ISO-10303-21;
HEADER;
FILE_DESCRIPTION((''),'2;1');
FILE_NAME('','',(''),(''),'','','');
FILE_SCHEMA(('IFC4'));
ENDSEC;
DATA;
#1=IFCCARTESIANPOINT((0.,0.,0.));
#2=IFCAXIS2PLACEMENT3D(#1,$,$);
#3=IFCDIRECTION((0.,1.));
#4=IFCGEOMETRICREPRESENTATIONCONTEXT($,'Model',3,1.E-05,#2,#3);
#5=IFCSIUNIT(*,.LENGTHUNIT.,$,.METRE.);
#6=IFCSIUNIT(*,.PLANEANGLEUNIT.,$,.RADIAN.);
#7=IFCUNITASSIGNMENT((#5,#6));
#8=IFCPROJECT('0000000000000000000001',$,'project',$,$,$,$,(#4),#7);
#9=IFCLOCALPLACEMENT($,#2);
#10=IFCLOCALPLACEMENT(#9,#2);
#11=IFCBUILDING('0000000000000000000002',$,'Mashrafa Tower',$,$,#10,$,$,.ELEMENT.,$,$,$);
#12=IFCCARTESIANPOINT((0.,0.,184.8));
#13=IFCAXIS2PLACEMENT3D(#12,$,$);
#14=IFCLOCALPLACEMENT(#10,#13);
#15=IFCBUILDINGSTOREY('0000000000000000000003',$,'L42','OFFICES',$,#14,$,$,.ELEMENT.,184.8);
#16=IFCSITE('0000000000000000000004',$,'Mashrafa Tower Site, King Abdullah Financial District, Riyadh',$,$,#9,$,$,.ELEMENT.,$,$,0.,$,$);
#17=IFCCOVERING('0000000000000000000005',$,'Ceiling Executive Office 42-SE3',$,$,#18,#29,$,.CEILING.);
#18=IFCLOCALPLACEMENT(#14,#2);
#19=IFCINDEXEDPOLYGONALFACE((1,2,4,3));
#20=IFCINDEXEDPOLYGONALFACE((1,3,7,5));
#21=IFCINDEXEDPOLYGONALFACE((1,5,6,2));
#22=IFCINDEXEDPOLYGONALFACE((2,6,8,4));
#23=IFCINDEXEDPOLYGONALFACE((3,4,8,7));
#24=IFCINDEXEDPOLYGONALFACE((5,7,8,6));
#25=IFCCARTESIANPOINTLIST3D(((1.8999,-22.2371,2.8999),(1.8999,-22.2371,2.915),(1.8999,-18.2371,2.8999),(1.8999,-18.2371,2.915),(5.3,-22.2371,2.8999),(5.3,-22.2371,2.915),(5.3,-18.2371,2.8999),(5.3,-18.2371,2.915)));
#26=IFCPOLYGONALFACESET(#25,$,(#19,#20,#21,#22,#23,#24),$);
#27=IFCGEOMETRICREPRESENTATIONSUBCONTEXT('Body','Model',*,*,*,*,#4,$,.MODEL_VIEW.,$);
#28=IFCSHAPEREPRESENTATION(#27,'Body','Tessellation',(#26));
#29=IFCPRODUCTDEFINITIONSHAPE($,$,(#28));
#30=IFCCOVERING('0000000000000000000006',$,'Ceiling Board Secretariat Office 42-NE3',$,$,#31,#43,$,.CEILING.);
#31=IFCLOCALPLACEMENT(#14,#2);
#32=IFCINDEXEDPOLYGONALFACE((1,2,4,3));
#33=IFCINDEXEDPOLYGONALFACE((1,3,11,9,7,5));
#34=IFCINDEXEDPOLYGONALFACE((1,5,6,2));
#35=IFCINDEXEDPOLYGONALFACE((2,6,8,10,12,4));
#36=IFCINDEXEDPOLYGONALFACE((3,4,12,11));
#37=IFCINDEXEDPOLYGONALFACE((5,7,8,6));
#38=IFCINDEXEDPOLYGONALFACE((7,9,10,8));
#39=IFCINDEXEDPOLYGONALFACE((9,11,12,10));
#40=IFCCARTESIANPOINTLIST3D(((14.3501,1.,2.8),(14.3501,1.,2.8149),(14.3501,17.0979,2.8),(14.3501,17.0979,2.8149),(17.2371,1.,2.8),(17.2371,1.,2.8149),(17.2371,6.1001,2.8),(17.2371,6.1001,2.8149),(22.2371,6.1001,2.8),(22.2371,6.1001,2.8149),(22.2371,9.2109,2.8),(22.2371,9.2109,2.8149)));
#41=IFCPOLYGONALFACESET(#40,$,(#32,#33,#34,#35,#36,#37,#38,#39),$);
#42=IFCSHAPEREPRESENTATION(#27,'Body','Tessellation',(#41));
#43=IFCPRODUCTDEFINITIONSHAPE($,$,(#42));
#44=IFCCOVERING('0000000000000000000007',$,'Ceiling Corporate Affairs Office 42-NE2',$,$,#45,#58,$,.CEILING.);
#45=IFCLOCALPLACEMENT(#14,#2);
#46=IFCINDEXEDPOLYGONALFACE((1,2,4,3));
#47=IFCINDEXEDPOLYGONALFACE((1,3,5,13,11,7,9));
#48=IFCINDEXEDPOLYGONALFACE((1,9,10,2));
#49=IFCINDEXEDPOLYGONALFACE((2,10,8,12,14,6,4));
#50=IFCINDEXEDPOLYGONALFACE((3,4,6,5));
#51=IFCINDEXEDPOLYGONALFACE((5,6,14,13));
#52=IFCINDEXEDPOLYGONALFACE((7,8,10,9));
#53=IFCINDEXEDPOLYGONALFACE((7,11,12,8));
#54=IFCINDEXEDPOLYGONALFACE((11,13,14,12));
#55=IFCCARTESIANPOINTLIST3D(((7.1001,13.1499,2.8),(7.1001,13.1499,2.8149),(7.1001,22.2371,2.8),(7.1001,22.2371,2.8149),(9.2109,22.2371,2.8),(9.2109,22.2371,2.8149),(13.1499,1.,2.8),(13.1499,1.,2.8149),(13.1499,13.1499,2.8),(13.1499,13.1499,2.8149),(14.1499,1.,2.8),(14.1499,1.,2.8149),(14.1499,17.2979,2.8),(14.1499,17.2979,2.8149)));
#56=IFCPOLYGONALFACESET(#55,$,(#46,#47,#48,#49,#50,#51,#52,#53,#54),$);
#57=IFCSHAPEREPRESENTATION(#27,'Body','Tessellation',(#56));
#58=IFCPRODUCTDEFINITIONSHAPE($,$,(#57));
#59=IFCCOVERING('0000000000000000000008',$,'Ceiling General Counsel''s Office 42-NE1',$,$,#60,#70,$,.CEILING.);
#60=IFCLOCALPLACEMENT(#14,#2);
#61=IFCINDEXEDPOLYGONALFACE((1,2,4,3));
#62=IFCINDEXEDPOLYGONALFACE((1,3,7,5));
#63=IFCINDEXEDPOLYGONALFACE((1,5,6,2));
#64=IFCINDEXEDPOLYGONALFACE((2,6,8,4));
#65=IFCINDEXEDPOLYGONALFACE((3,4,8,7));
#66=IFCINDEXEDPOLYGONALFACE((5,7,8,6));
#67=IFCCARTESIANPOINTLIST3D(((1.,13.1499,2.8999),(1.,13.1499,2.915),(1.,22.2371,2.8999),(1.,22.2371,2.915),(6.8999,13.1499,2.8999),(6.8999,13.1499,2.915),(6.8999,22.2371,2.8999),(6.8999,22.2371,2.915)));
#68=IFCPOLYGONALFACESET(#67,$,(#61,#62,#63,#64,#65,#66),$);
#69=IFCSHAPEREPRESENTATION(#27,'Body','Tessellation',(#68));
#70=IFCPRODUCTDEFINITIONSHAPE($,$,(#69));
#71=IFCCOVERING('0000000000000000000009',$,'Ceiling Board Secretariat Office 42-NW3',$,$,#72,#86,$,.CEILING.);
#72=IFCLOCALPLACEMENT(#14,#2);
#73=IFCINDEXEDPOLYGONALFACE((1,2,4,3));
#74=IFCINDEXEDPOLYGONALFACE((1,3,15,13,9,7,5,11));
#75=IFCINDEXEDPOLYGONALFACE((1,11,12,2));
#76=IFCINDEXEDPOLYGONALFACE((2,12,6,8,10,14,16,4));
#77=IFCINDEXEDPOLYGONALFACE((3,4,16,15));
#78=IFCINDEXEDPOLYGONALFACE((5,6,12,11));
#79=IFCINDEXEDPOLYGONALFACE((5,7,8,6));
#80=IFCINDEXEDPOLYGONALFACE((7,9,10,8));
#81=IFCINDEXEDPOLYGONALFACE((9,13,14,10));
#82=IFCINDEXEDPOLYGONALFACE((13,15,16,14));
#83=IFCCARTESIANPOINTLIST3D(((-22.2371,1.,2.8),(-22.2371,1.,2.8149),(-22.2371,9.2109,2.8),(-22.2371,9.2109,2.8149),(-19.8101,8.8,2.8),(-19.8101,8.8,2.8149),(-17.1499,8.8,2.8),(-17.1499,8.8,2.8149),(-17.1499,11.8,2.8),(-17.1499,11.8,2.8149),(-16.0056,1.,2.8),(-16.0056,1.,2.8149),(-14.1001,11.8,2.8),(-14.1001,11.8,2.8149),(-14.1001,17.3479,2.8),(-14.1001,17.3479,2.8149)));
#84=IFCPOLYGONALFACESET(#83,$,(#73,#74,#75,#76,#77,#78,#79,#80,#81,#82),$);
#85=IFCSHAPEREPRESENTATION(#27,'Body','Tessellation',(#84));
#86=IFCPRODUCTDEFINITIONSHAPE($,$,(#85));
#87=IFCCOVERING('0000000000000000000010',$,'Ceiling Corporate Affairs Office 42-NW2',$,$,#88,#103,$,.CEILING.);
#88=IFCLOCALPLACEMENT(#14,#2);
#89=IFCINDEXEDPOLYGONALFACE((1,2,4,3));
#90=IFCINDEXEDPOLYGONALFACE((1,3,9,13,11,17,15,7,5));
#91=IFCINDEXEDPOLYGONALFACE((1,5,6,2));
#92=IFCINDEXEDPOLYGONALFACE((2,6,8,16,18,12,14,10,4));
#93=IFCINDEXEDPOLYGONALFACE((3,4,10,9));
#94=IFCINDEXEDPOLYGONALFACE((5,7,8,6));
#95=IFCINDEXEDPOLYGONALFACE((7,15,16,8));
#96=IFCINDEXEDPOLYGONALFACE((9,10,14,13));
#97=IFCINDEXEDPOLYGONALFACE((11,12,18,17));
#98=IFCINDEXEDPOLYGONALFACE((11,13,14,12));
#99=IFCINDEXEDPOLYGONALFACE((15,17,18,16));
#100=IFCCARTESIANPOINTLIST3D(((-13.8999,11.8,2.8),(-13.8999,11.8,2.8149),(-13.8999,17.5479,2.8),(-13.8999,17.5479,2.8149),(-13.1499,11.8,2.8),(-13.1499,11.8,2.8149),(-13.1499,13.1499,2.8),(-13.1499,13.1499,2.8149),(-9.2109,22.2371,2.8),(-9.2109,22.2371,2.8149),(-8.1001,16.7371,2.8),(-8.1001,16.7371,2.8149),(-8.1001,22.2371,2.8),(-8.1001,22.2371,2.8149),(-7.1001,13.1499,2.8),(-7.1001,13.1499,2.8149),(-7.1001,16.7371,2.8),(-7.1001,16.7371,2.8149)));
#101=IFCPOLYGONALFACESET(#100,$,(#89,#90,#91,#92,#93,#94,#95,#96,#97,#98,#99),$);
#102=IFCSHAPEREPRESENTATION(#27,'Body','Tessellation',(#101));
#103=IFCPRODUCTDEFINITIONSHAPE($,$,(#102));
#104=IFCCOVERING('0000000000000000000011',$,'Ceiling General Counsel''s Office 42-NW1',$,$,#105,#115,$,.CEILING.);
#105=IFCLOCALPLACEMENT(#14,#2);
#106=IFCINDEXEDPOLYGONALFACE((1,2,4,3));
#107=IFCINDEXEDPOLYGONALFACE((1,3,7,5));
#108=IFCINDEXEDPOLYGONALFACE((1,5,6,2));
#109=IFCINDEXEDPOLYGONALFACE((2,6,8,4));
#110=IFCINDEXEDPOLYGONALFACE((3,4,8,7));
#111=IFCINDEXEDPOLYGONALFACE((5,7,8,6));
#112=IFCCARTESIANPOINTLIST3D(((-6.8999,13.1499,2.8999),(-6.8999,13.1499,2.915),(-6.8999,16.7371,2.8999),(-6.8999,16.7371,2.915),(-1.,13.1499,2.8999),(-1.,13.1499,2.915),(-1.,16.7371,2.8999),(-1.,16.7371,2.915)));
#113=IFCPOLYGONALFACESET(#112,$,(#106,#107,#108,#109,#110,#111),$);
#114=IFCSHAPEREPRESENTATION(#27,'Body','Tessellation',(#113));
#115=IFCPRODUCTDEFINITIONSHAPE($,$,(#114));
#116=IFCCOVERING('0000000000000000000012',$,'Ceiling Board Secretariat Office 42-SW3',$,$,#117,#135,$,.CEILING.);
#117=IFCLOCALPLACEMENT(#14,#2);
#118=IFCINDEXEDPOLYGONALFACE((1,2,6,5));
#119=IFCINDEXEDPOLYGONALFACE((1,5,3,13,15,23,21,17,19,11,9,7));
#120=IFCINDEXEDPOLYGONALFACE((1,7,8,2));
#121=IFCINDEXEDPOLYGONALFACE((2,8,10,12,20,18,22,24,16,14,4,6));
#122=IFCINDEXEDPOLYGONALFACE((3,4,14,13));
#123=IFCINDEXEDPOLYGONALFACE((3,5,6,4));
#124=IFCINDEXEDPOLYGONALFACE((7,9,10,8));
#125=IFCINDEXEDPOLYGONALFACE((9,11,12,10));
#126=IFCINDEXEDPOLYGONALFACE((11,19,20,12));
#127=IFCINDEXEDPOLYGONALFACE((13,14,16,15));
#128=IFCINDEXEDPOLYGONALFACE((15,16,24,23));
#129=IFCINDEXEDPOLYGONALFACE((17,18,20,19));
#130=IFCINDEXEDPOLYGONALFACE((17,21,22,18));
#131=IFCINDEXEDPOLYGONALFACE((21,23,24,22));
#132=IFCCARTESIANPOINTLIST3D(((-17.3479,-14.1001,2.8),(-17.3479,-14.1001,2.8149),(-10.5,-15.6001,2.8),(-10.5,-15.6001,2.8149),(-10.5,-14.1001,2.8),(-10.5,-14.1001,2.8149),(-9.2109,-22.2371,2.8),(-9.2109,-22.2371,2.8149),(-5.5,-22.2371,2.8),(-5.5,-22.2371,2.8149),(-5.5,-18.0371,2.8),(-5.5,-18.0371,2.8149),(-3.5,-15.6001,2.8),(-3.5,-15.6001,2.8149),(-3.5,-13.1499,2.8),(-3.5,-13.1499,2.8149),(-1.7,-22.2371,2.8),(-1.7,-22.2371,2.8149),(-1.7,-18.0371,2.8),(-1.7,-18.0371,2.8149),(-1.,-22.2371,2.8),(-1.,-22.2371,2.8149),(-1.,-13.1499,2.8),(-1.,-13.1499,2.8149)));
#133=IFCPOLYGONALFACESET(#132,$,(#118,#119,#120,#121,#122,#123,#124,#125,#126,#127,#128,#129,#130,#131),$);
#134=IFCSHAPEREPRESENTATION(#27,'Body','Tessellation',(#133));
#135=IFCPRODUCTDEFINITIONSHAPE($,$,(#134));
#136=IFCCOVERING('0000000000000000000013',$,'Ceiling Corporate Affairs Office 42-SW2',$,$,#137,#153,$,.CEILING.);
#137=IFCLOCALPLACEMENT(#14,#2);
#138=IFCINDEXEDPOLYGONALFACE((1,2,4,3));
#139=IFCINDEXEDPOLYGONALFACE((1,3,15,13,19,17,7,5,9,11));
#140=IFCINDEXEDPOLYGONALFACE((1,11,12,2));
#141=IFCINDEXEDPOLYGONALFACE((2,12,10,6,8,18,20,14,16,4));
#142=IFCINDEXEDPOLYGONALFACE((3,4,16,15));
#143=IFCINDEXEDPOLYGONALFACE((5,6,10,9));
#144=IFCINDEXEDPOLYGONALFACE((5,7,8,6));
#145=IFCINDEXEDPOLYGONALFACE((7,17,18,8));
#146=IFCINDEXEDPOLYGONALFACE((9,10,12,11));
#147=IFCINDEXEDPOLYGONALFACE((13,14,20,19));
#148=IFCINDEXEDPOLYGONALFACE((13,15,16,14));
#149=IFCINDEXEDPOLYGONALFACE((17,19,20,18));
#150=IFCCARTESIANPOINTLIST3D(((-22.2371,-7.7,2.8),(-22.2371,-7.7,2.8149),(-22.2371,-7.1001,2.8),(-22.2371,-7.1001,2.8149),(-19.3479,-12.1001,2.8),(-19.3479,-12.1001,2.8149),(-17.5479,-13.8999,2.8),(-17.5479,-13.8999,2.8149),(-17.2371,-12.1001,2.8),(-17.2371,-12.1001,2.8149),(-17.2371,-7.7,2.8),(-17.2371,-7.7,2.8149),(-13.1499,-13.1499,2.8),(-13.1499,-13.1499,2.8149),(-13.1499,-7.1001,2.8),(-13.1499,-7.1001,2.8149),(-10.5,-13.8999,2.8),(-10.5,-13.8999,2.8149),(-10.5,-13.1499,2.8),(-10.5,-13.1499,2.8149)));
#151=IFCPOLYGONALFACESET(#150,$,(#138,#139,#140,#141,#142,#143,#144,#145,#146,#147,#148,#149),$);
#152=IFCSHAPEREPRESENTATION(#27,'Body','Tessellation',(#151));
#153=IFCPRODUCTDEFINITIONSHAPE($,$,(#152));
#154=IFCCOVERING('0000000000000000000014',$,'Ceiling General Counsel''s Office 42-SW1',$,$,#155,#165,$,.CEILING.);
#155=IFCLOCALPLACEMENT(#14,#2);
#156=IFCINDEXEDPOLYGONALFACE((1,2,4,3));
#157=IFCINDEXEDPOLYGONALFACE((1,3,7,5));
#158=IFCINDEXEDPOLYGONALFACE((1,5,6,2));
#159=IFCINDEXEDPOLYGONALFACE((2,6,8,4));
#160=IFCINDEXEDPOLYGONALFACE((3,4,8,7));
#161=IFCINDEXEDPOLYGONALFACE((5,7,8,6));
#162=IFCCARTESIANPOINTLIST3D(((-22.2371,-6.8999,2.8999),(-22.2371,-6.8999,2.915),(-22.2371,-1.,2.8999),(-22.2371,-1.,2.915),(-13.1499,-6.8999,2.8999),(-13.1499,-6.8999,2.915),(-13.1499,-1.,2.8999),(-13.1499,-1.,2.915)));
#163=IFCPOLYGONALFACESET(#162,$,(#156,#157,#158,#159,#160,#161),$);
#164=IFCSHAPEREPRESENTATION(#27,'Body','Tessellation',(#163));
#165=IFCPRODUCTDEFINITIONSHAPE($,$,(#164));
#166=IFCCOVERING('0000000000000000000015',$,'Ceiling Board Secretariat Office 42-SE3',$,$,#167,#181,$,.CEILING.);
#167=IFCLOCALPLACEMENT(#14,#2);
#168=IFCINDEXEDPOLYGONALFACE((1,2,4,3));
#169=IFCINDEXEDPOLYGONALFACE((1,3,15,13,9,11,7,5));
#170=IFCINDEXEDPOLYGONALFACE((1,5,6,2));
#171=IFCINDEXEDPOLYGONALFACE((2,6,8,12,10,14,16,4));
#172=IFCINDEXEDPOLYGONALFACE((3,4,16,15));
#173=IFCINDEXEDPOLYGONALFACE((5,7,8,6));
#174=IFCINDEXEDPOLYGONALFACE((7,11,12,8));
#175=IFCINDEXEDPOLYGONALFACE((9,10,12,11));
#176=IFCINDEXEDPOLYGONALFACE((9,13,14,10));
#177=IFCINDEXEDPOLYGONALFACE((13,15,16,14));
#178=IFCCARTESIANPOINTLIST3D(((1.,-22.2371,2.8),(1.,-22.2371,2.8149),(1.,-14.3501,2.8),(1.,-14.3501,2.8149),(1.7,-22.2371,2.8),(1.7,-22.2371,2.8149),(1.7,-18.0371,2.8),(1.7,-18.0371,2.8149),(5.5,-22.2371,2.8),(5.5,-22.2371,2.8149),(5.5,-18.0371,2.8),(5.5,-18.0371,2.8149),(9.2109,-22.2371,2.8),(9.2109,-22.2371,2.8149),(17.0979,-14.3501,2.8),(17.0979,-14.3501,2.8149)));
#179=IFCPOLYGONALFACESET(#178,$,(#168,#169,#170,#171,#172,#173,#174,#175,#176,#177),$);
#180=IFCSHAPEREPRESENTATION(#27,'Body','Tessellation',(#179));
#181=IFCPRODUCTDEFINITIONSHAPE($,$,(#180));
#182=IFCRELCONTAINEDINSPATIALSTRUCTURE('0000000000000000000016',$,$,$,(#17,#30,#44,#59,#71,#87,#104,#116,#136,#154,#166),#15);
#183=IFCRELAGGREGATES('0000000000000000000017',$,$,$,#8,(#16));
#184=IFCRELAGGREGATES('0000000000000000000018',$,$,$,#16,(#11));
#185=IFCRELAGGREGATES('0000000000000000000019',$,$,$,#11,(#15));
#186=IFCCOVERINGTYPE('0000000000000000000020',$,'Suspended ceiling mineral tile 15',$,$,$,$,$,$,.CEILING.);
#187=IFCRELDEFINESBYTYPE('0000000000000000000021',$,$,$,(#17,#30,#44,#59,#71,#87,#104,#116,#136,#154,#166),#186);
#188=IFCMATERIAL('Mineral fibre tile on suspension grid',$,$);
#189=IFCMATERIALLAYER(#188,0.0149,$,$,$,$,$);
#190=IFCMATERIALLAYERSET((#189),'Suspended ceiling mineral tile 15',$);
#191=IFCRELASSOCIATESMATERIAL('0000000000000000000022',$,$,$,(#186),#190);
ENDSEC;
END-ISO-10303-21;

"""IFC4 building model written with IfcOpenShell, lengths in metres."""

from ifc_helpers import new_model, si_unit, direction, frame, origin, place, context, subcontext, project, spatial, polyline, outline, extrude, material, layer, layer_set, type_object, element, save


model = new_model("IFC4")

# Units and contexts
model_context = context("Model", 3, precision=1e-05, world=origin(), true_north=direction((0.0, 1.0)))
body_context = subcontext(model_context, "Body", "Model", "MODEL_VIEW")
ifc_project = project(units=[si_unit("LENGTHUNIT", "METRE"), si_unit("PLANEANGLEUNIT", "RADIAN")], contexts=[model_context])

# Site, building, storey
site_placement = place(None, origin())
site = spatial("IfcSite", under=ifc_project, at=site_placement, Name="Mashrafa Tower Site, King Abdullah Financial District, Riyadh", CompositionType="ELEMENT", RefElevation=0.0)
building_placement = place(site_placement, origin())
building = spatial("IfcBuilding", under=site, at=building_placement, Name="Mashrafa Tower", CompositionType="ELEMENT")
storey_placement = place(building_placement, frame((0.0, 0.0, 184.8)))
storey = spatial("IfcBuildingStorey", under=building, at=storey_placement, Name="L42", Description="OFFICES", CompositionType="ELEMENT", Elevation=184.8)

# Coverings
ifc_material_1 = material(Name="Mineral fibre tile on suspension grid")
ifc_layer_1 = layer(ifc_material_1, 0.0149)
ifc_layer_set_1 = layer_set([ifc_layer_1], Name="Suspended ceiling mineral tile 15")
covering_type = type_object("IfcCoveringType", Name="Suspended ceiling mineral tile 15", PredefinedType="CEILING", material=ifc_layer_set_1)
covering_1_placement = place(storey_placement, frame((0.0, 0.0, 2.8999)))
element("IfcCovering", 1, at=covering_1_placement, inside=storey, type_object=covering_type, Name="Ceiling Executive Office 42-SE3", PredefinedType="CEILING", context=body_context, shape_type="SweptSolid", body=[
    extrude(outline(polyline([(1.8999, -18.2371), (5.3, -18.2371), (5.3, -22.2371), (1.8999, -22.2371), (1.8999, -18.2371)])), origin(), (0.0, 0.0, 1.0), 0.0151),
])
covering_2_placement = place(storey_placement, frame((0.0, 0.0, 2.8)))
element("IfcCovering", 2, at=covering_2_placement, inside=storey, type_object=covering_type, Name="Ceiling Board Secretariat Office 42-NE3", PredefinedType="CEILING", context=body_context, shape_type="SweptSolid", body=[
    extrude(outline(polyline([(14.3501, 1.0), (14.3501, 17.0979), (22.2371, 9.2109), (22.2371, 6.1001), (17.2371, 6.1001), (17.2371, 1.0), (14.3501, 1.0)])), origin(), (0.0, 0.0, 1.0), 0.0149),
])
covering_3_placement = place(storey_placement, frame((0.0, 0.0, 2.8)))
element("IfcCovering", 3, at=covering_3_placement, inside=storey, type_object=covering_type, Name="Ceiling Corporate Affairs Office 42-NE2", PredefinedType="CEILING", context=body_context, shape_type="SweptSolid", body=[
    extrude(outline(polyline([(7.1001, 13.1499), (7.1001, 22.2371), (9.2109, 22.2371), (14.1499, 17.2979), (14.1499, 1.0), (13.1499, 1.0), (13.1499, 13.1499), (7.1001, 13.1499)])), origin(), (0.0, 0.0, 1.0), 0.0149),
])
covering_4_placement = place(storey_placement, frame((0.0, 0.0, 2.8999)))
element("IfcCovering", 4, at=covering_4_placement, inside=storey, type_object=covering_type, Name="Ceiling General Counsel's Office 42-NE1", PredefinedType="CEILING", context=body_context, shape_type="SweptSolid", body=[
    extrude(outline(polyline([(1.0, 22.2371), (6.8999, 22.2371), (6.8999, 13.1499), (1.0, 13.1499), (1.0, 22.2371)])), origin(), (0.0, 0.0, 1.0), 0.0151),
])
covering_5_placement = place(storey_placement, frame((0.0, 0.0, 2.8)))
element("IfcCovering", 5, at=covering_5_placement, inside=storey, type_object=covering_type, Name="Ceiling Board Secretariat Office 42-NW3", PredefinedType="CEILING", context=body_context, shape_type="SweptSolid", body=[
    extrude(outline(polyline([(-22.2371, 1.0), (-22.2371, 9.2109), (-14.1001, 17.3479), (-14.1001, 11.8), (-17.1499, 11.8), (-17.1499, 8.8), (-19.8101, 8.8), (-16.0056, 1.0), (-22.2371, 1.0)])), origin(), (0.0, 0.0, 1.0), 0.0149),
])
covering_6_placement = place(storey_placement, frame((0.0, 0.0, 2.8)))
element("IfcCovering", 6, at=covering_6_placement, inside=storey, type_object=covering_type, Name="Ceiling Corporate Affairs Office 42-NW2", PredefinedType="CEILING", context=body_context, shape_type="SweptSolid", body=[
    extrude(outline(polyline([(-13.8999, 11.8), (-13.8999, 17.5479), (-9.2109, 22.2371), (-8.1001, 22.2371), (-8.1001, 16.7371), (-7.1001, 16.7371), (-7.1001, 13.1499), (-13.1499, 13.1499), (-13.1499, 11.8), (-13.8999, 11.8)])), origin(), (0.0, 0.0, 1.0), 0.0149),
])
covering_7_placement = place(storey_placement, frame((0.0, 0.0, 2.8999)))
element("IfcCovering", 7, at=covering_7_placement, inside=storey, type_object=covering_type, Name="Ceiling General Counsel's Office 42-NW1", PredefinedType="CEILING", context=body_context, shape_type="SweptSolid", body=[
    extrude(outline(polyline([(-6.8999, 13.1499), (-6.8999, 16.7371), (-1.0, 16.7371), (-1.0, 13.1499), (-6.8999, 13.1499)])), origin(), (0.0, 0.0, 1.0), 0.0151),
])
covering_8_placement = place(storey_placement, frame((0.0, 0.0, 2.8)))
element("IfcCovering", 8, at=covering_8_placement, inside=storey, type_object=covering_type, Name="Ceiling Board Secretariat Office 42-SW3", PredefinedType="CEILING", context=body_context, shape_type="SweptSolid", body=[
    extrude(outline(polyline([(-1.0, -22.2371), (-1.7, -22.2371), (-1.7, -18.0371), (-5.5, -18.0371), (-5.5, -22.2371), (-9.2109, -22.2371), (-17.3479, -14.1001), (-10.5, -14.1001), (-10.5, -15.6001), (-3.5, -15.6001), (-3.5, -13.1499), (-1.0, -13.1499), (-1.0, -22.2371)])), origin(), (0.0, 0.0, 1.0), 0.0149),
])
covering_9_placement = place(storey_placement, frame((0.0, 0.0, 2.8)))
element("IfcCovering", 9, at=covering_9_placement, inside=storey, type_object=covering_type, Name="Ceiling Corporate Affairs Office 42-SW2", PredefinedType="CEILING", context=body_context, shape_type="SweptSolid", body=[
    extrude(outline(polyline([(-10.5, -13.8999), (-17.5479, -13.8999), (-19.3479, -12.1001), (-17.2371, -12.1001), (-17.2371, -7.7), (-22.2371, -7.7), (-22.2371, -7.1001), (-13.1499, -7.1001), (-13.1499, -13.1499), (-10.5, -13.1499), (-10.5, -13.8999)])), origin(), (0.0, 0.0, 1.0), 0.0149),
])
covering_10_placement = place(storey_placement, frame((0.0, 0.0, 2.8999)))
element("IfcCovering", 10, at=covering_10_placement, inside=storey, type_object=covering_type, Name="Ceiling General Counsel's Office 42-SW1", PredefinedType="CEILING", context=body_context, shape_type="SweptSolid", body=[
    extrude(outline(polyline([(-22.2371, -6.8999), (-22.2371, -1.0), (-13.1499, -1.0), (-13.1499, -6.8999), (-22.2371, -6.8999)])), origin(), (0.0, 0.0, 1.0), 0.0151),
])
covering_11_placement = place(storey_placement, frame((0.0, 0.0, 2.8)))
element("IfcCovering", 11, at=covering_11_placement, inside=storey, type_object=covering_type, Name="Ceiling Board Secretariat Office 42-SE3", PredefinedType="CEILING", context=body_context, shape_type="SweptSolid", body=[
    extrude(outline(polyline([(1.0, -14.3501), (17.0979, -14.3501), (9.2109, -22.2371), (5.5, -22.2371), (5.5, -18.0371), (1.7, -18.0371), (1.7, -22.2371), (1.0, -22.2371), (1.0, -14.3501)])), origin(), (0.0, 0.0, 1.0), 0.0149),
])

save(model, "model.ifc")
